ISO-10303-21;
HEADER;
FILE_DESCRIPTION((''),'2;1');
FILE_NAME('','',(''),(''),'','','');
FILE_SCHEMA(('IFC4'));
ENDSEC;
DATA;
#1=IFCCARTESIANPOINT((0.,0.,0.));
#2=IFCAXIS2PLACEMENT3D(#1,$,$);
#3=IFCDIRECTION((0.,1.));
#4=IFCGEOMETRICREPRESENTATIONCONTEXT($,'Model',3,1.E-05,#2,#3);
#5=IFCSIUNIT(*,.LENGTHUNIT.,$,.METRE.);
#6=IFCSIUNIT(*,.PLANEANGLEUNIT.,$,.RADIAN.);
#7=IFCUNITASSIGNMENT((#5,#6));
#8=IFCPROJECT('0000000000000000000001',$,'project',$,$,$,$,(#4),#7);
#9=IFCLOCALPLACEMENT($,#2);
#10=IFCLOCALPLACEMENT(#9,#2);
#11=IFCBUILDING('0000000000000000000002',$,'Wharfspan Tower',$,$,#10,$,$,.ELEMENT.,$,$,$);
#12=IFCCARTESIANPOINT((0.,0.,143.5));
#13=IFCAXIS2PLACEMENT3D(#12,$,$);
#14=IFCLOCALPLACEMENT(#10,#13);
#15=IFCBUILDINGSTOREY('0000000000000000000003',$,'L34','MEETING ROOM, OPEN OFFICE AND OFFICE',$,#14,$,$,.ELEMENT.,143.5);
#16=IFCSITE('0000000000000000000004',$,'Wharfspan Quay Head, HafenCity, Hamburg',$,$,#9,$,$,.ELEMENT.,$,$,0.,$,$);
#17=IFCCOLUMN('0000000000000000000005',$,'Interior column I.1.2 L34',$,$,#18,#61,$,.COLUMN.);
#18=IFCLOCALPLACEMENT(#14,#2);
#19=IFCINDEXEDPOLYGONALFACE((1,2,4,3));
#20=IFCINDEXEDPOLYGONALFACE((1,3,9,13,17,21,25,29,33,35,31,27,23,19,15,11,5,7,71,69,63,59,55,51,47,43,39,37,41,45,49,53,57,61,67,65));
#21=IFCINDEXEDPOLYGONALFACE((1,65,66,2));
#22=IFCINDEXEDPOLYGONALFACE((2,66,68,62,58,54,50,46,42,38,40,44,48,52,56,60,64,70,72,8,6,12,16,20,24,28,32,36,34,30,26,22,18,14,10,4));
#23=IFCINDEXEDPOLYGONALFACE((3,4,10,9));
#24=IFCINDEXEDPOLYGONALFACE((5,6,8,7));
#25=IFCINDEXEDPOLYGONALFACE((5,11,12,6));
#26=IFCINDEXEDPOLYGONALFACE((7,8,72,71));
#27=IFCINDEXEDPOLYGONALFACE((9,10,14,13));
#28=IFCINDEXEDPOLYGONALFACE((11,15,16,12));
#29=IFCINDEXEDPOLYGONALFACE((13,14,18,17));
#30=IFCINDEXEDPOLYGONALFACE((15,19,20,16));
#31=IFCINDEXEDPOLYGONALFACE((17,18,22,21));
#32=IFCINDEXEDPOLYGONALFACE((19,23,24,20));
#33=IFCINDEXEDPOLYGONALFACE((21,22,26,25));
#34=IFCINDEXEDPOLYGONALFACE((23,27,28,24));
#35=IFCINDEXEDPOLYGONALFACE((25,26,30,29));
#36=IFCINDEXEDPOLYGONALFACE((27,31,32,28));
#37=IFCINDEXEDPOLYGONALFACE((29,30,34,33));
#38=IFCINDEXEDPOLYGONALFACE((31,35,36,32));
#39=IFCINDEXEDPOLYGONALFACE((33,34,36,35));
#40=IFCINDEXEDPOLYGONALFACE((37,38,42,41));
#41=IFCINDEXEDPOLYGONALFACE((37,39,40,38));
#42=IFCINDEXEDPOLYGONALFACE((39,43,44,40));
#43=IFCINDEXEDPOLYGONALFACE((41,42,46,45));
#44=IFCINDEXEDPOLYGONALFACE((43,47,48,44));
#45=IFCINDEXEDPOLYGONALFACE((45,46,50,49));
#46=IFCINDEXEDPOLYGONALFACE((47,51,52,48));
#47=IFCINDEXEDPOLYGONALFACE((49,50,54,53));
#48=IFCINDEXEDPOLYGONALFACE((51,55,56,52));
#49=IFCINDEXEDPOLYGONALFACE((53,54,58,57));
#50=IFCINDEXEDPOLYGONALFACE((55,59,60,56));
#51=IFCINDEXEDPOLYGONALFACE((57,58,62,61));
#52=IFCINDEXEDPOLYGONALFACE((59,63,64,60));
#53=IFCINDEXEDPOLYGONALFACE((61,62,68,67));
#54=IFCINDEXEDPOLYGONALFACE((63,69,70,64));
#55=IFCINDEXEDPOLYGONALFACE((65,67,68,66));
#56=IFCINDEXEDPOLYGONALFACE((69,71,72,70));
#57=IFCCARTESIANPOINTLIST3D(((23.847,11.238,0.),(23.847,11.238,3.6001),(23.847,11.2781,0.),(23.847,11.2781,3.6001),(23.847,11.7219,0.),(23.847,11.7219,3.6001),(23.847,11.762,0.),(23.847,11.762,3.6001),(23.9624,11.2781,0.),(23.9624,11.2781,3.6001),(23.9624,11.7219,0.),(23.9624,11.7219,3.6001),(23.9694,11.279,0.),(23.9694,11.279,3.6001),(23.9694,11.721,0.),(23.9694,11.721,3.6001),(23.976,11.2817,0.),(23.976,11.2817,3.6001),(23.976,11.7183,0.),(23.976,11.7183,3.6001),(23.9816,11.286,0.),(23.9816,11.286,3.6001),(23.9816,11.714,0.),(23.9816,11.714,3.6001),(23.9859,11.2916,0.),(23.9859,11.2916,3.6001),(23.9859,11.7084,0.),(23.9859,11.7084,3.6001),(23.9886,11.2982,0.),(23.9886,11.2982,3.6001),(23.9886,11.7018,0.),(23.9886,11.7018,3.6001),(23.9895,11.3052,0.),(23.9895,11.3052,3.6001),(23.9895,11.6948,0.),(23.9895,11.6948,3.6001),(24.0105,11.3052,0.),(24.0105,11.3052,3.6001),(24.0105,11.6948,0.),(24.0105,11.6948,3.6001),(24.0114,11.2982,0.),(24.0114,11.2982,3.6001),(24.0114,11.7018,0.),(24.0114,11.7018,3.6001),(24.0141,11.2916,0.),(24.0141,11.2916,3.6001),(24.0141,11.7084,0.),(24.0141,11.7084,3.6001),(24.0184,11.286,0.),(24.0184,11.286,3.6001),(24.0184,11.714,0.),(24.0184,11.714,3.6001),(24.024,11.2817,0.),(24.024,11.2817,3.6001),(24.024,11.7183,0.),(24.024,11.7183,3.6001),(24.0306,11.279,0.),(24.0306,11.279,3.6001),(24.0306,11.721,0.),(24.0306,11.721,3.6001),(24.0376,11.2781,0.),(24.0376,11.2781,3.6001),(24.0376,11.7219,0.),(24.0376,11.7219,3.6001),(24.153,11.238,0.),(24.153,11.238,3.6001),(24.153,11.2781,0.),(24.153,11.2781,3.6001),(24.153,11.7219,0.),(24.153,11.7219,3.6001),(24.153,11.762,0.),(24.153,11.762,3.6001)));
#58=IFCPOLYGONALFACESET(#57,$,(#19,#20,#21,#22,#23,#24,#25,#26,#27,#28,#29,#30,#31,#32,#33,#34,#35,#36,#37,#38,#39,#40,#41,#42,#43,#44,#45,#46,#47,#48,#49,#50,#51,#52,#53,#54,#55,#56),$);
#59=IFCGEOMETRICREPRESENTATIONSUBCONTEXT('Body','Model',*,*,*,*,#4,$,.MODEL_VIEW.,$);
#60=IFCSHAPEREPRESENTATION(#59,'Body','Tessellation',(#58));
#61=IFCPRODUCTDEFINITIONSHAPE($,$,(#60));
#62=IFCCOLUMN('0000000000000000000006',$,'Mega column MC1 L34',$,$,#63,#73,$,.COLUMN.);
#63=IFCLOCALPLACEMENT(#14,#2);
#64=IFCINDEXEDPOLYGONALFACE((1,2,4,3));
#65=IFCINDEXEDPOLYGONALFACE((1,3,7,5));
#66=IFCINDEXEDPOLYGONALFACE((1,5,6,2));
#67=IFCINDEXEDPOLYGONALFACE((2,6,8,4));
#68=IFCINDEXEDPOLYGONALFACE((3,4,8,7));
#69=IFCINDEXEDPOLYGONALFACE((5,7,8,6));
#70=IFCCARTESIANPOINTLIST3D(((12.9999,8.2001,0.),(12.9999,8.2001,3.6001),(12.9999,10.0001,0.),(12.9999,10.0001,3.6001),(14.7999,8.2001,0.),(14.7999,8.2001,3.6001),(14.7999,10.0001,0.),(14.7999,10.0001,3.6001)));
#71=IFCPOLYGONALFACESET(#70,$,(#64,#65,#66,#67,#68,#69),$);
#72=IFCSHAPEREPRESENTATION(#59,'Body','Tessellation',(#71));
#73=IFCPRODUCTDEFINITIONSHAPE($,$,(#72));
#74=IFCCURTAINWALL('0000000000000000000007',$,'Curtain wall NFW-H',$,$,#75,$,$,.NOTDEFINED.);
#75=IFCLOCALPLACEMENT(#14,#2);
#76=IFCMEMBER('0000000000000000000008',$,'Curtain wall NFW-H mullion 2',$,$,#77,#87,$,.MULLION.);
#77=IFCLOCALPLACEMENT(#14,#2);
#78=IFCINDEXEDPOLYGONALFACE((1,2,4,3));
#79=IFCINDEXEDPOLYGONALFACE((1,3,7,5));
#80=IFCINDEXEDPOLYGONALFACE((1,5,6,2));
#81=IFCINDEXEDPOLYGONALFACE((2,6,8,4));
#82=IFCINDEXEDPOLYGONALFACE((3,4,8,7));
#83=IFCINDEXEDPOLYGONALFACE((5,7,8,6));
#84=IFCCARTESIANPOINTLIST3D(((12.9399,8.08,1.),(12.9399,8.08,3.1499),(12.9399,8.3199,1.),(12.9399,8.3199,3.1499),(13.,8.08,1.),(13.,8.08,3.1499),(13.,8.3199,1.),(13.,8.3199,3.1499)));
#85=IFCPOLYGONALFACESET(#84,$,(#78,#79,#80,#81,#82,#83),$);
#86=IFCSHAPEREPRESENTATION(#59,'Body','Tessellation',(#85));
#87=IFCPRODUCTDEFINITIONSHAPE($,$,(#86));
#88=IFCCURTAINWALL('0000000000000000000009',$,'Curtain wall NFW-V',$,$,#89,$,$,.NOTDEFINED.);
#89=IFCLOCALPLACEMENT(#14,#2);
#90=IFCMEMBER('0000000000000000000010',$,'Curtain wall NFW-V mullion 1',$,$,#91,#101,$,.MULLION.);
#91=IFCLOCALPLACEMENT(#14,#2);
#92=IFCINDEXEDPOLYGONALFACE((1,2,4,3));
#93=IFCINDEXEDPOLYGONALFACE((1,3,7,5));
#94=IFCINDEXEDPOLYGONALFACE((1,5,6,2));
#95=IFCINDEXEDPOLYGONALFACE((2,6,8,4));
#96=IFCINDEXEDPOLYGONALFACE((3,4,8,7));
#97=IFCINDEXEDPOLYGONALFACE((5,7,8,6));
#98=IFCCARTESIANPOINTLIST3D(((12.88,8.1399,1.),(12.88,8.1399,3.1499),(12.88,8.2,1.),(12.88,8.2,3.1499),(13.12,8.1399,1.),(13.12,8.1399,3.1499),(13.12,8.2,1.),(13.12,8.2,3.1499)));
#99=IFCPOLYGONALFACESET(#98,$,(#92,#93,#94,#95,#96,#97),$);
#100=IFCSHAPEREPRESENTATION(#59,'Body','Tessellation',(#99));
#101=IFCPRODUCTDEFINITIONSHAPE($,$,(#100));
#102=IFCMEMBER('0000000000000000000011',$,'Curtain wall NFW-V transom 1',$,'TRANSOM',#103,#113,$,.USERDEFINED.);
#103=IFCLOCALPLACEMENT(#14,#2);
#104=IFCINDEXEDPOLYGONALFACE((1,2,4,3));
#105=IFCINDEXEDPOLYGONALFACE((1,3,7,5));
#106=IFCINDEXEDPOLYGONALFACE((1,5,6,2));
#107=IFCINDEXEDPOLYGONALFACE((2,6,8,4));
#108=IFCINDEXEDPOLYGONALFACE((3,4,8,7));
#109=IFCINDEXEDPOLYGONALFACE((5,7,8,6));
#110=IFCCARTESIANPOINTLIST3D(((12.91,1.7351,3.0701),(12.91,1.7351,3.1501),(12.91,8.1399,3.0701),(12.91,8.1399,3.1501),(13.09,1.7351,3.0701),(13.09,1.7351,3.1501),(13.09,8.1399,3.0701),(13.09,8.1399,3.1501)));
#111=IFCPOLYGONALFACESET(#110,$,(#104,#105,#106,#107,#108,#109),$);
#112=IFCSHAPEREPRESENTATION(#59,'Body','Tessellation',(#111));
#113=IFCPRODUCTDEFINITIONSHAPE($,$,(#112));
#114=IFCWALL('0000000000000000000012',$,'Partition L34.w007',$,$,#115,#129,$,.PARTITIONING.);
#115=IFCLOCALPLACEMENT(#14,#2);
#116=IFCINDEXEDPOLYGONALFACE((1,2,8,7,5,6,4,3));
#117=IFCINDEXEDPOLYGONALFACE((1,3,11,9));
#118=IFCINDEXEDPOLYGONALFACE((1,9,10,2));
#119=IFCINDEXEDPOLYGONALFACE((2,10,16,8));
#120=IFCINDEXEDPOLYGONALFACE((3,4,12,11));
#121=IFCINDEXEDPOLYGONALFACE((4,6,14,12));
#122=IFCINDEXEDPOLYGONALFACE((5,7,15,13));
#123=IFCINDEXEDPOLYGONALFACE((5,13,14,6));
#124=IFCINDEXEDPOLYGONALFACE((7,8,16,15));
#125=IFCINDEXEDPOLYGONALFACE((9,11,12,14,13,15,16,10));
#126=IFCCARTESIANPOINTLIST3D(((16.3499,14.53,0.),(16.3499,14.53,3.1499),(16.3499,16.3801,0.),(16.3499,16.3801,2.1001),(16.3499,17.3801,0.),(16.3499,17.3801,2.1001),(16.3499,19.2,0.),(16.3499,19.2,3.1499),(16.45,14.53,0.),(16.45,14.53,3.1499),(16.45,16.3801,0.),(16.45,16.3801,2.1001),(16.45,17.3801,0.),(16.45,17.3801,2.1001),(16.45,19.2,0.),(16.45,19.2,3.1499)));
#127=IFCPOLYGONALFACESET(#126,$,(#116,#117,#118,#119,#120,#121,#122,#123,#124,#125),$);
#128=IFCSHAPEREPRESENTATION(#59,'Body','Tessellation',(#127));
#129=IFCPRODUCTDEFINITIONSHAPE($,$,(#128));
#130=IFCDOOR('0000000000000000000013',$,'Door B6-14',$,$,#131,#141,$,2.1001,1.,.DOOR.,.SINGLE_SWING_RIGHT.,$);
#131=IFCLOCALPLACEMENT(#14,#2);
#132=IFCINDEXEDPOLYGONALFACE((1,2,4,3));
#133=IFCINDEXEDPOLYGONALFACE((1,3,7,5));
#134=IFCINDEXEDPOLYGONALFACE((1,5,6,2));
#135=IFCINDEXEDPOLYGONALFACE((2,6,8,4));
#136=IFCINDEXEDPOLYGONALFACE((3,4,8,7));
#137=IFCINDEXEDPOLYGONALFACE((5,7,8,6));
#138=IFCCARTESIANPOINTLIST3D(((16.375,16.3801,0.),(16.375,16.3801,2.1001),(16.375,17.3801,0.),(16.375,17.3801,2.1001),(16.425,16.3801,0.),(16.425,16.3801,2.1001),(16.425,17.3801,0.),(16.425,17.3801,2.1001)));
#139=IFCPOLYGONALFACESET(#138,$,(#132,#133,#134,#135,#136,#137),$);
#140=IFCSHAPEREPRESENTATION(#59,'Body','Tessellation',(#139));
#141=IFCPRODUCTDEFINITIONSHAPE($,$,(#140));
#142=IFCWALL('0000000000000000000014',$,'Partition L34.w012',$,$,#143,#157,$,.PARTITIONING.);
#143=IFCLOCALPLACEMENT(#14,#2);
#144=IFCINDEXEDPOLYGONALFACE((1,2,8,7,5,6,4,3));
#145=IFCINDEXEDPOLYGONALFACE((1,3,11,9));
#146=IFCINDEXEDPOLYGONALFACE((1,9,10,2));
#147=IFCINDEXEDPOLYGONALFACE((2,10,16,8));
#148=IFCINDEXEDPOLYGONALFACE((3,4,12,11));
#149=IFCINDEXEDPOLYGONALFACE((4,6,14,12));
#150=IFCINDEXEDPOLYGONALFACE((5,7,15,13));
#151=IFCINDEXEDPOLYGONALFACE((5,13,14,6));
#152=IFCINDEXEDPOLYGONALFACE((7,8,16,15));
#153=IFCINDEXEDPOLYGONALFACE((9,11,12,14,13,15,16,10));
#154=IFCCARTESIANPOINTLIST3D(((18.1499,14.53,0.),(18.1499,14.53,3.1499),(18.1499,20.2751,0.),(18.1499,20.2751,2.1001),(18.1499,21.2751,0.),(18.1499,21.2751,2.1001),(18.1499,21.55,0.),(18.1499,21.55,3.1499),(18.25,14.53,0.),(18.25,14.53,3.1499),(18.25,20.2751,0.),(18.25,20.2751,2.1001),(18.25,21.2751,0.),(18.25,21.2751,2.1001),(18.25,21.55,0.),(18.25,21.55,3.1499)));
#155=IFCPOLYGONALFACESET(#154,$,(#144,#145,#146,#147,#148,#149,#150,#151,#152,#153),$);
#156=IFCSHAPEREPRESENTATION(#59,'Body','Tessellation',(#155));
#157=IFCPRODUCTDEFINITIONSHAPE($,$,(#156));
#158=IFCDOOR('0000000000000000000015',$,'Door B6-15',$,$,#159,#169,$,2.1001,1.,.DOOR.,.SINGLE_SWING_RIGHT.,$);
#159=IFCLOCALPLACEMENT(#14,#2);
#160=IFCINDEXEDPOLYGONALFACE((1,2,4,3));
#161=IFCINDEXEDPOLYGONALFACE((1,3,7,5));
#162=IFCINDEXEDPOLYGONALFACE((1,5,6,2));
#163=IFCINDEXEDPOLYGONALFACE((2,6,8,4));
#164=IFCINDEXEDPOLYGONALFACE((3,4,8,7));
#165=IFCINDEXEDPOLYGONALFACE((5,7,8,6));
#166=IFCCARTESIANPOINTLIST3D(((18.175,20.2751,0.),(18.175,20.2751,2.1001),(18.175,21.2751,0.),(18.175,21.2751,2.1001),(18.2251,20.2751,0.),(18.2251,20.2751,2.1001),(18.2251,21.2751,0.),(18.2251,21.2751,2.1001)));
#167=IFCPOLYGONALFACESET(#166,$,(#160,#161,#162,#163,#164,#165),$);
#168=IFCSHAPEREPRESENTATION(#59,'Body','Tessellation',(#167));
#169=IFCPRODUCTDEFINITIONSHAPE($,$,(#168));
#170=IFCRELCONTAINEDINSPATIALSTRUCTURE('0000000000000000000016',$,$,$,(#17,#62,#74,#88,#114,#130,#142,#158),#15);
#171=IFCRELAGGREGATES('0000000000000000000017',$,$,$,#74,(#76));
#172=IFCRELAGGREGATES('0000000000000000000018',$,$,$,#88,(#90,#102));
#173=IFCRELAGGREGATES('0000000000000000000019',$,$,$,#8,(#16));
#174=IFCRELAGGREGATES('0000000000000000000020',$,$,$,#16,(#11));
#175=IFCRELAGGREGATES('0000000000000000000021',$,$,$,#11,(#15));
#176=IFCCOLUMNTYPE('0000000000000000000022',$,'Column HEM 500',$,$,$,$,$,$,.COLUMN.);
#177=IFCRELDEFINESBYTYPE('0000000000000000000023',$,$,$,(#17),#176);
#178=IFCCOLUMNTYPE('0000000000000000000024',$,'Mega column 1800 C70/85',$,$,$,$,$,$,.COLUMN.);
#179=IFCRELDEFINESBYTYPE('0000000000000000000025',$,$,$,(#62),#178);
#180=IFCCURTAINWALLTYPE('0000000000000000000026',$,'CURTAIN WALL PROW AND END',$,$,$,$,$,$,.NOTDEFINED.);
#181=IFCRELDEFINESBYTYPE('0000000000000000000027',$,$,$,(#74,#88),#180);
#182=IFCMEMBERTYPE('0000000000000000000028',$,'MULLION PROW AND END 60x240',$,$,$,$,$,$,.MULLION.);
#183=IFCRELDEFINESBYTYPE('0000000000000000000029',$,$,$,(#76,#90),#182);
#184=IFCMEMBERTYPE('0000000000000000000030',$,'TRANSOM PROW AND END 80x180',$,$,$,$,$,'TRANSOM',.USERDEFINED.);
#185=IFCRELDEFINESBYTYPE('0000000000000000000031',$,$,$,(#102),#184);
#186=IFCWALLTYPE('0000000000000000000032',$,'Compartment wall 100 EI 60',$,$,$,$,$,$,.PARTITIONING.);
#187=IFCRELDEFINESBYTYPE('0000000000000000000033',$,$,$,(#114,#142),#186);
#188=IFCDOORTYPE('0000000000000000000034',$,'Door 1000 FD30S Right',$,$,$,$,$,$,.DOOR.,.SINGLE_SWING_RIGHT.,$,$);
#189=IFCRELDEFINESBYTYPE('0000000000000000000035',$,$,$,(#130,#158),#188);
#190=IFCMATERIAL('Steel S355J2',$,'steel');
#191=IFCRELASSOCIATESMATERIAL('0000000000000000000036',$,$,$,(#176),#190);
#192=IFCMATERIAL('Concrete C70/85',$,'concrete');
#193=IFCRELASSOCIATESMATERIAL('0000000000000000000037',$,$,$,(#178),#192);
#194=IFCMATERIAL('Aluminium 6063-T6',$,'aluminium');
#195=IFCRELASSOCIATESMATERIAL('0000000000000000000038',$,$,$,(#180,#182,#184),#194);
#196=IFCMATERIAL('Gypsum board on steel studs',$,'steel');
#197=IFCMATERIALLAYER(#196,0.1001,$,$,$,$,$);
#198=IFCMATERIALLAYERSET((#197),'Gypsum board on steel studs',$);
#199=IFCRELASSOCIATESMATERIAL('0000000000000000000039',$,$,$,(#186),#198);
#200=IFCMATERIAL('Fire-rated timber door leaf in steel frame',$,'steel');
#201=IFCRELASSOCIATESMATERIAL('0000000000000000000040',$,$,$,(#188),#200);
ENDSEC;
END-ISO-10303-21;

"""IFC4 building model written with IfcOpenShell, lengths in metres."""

from ifc_helpers import new_model, si_unit, direction, frame, frame_2d, origin, origin_2d, place, context, subcontext, project, spatial, rectangle, i_section, extrude, material, layer, layer_set, material_profile, profile_set, type_object, element, fill, aggregate, save


model = new_model("IFC4")

# Units and contexts
model_context = context("Model", 3, precision=1e-05, world=origin(), true_north=direction((0.0, 1.0)))
body_context = subcontext(model_context, "Body", "Model", "MODEL_VIEW")
ifc_project = project(units=[si_unit("LENGTHUNIT", "METRE"), si_unit("PLANEANGLEUNIT", "RADIAN")], contexts=[model_context])

# Site, building, storey
site_placement = place(None, origin())
site = spatial("IfcSite", under=ifc_project, at=site_placement, Name="Wharfspan Quay Head, HafenCity, Hamburg", CompositionType="ELEMENT", RefElevation=0.0)
building_placement = place(site_placement, origin())
building = spatial("IfcBuilding", under=site, at=building_placement, Name="Wharfspan Tower", CompositionType="ELEMENT")
storey_placement = place(building_placement, frame((0.0, 0.0, 143.5)))
storey = spatial("IfcBuildingStorey", under=building, at=storey_placement, Name="L34", Description="MEETING ROOM, OPEN OFFICE AND OFFICE", CompositionType="ELEMENT", Elevation=143.5)

# Columns
ifc_material_1 = material(Name="Steel S355J2", Category="steel")
ifc_material_profile_1 = material_profile(ifc_material_1, i_section(OverallWidth=0.3059, OverallDepth=0.5239, WebThickness=0.021, FlangeThickness=0.04, FilletRadius=0.0271, at=origin_2d()))
ifc_profile_set_1 = profile_set([ifc_material_profile_1], Name="Steel S355J2")
column_type_1 = type_object("IfcColumnType", Name="Column HEM 500", PredefinedType="COLUMN", material=ifc_profile_set_1)
column_1_placement = place(storey_placement, frame((24.0, 11.5, 0.0), z_axis=(0.0, 0.0, 1.0), x_axis=(1.0, 0.0, 0.0)))
element("IfcColumn", 1, at=column_1_placement, inside=storey, type_object=column_type_1, Name="Interior column I.1.2 L34", PredefinedType="COLUMN", context=body_context, shape_type="SweptSolid", body=[
    extrude(i_section(OverallWidth=0.3059, OverallDepth=0.5239, WebThickness=0.021, FlangeThickness=0.04, FilletRadius=0.0271, at=origin_2d()), origin(), (0.0, 0.0, 1.0), 3.6001),
])
ifc_material_2 = material(Name="Concrete C70/85", Category="concrete")
ifc_material_profile_2 = material_profile(ifc_material_2, rectangle(XDim=1.8, YDim=1.8, at=origin_2d()))
ifc_profile_set_2 = profile_set([ifc_material_profile_2], Name="Concrete C70/85")
column_type_2 = type_object("IfcColumnType", Name="Mega column 1800 C70/85", PredefinedType="COLUMN", material=ifc_profile_set_2)
column_2_placement = place(storey_placement, frame((13.8999, 9.1001, 0.0), z_axis=(0.0, 0.0, 1.0), x_axis=(1.0, 0.0, 0.0)))
element("IfcColumn", 2, at=column_2_placement, inside=storey, type_object=column_type_2, Name="Mega column MC1 L34", PredefinedType="COLUMN", context=body_context, shape_type="SweptSolid", body=[
    extrude(rectangle(XDim=1.8, YDim=1.8, at=origin_2d()), origin(), (0.0, 0.0, 1.0), 3.6001),
])

# Curtain wall, member
ifc_material_3 = material(Name="Aluminium 6063-T6", Category="aluminium")
curtain_wall_type = type_object("IfcCurtainWallType", Name="CURTAIN WALL PROW AND END", PredefinedType="NOTDEFINED", material=ifc_material_3)
curtain_wall_1_placement = place(storey_placement, origin())
curtain_wall_1 = element("IfcCurtainWall", 3, at=curtain_wall_1_placement, inside=storey, type_object=curtain_wall_type, Name="Curtain wall NFW-H", PredefinedType="NOTDEFINED")
ifc_material_profile_3 = material_profile(ifc_material_3, rectangle(XDim=0.24, YDim=0.0601, at=origin_2d()))
ifc_profile_set_3 = profile_set([ifc_material_profile_3], Name="Aluminium 6063-T6")
member_type_1 = type_object("IfcMemberType", Name="MULLION PROW AND END 60x240", PredefinedType="MULLION", material=ifc_profile_set_3)
member_1_placement = place(storey_placement, frame((12.97, 8.2, 1.0), z_axis=(0.0, 0.0, 1.0), x_axis=(0.0, 1.0, 0.0)))
member_1 = element("IfcMember", 4, at=member_1_placement, type_object=member_type_1, Name="Curtain wall NFW-H mullion 2", PredefinedType="MULLION", context=body_context, shape_type="SweptSolid", body=[
    extrude(rectangle(XDim=0.24, YDim=0.0601, at=origin_2d()), origin(), (0.0, 0.0, 1.0), 2.1499),
])
aggregate(curtain_wall_1, [member_1])

# Curtain wall, members
curtain_wall_2_placement = place(storey_placement, origin())
curtain_wall_2 = element("IfcCurtainWall", 5, at=curtain_wall_2_placement, inside=storey, type_object=curtain_wall_type, Name="Curtain wall NFW-V", PredefinedType="NOTDEFINED")
member_2_placement = place(storey_placement, frame((13.0, 8.1699, 1.0), z_axis=(0.0, 0.0, 1.0), x_axis=(1.0, 0.0, 0.0)))
member_2 = element("IfcMember", 6, at=member_2_placement, type_object=member_type_1, Name="Curtain wall NFW-V mullion 1", PredefinedType="MULLION", context=body_context, shape_type="SweptSolid", body=[
    extrude(rectangle(XDim=0.24, YDim=0.0601, at=origin_2d()), origin(), (0.0, 0.0, 1.0), 2.1499),
])
ifc_material_profile_4 = material_profile(ifc_material_3, rectangle(XDim=0.1799, YDim=0.0801, at=origin_2d()))
ifc_profile_set_4 = profile_set([ifc_material_profile_4], Name="Aluminium 6063-T6")
member_type_2 = type_object("IfcMemberType", Name="TRANSOM PROW AND END 80x180", ElementType="TRANSOM", PredefinedType="USERDEFINED", material=ifc_profile_set_4)
member_3_placement = place(storey_placement, frame((13.0, 8.1399, 3.1101), z_axis=(0.0, -1.0, 0.0), x_axis=(1.0, 0.0, 0.0)))
member_3 = element("IfcMember", 7, at=member_3_placement, type_object=member_type_2, Name="Curtain wall NFW-V transom 1", ObjectType="TRANSOM", PredefinedType="USERDEFINED", context=body_context, shape_type="SweptSolid", body=[
    extrude(rectangle(XDim=0.1799, YDim=0.0801, at=origin_2d()), origin(), (0.0, 0.0, 1.0), 6.4048),
])
aggregate(curtain_wall_2, [member_2, member_3])

# Walls, openings, doors
ifc_material_4 = material(Name="Gypsum board on steel studs", Category="steel")
ifc_layer_1 = layer(ifc_material_4, 0.1001)
ifc_layer_set_1 = layer_set([ifc_layer_1], Name="Gypsum board on steel studs")
wall_type_1 = type_object("IfcWallType", Name="Compartment wall 100 EI 60", PredefinedType="PARTITIONING", material=ifc_layer_set_1)
wall_1_placement = place(storey_placement, frame((16.3999, 14.53, 0.0), z_axis=(0.0, 0.0, 1.0), x_axis=(0.0, 1.0, 0.0)))
wall_1 = element("IfcWall", 8, at=wall_1_placement, inside=storey, type_object=wall_type_1, Name="Partition L34.w007", PredefinedType="PARTITIONING", context=body_context, shape_type="SweptSolid", body=[
    extrude(rectangle(XDim=4.6699, YDim=0.1001, at=frame_2d((2.335, 0.0))), origin(), (0.0, 0.0, 1.0), 3.1499),
])
opening_1_placement = place(wall_1_placement, frame((1.8501, 0.0, 0.0)))
opening_1 = element("IfcOpeningElement", 9, at=opening_1_placement, cuts=wall_1, PredefinedType="OPENING", context=body_context, shape_type="SweptSolid", body=[
    extrude(rectangle(XDim=1.0, YDim=2.1001, at=frame_2d((0.5, 1.05))), frame((0.0, 0.0601, 0.0), z_axis=(0.0, -1.0, 0.0), x_axis=(1.0, 0.0, 0.0)), (0.0, 0.0, 1.0), 0.1201),
])
ifc_material_5 = material(Name="Fire-rated timber door leaf in steel frame", Category="steel")
door_type_1 = type_object("IfcDoorType", Name="Door 1000 FD30S Right", OperationType="SINGLE_SWING_RIGHT", PredefinedType="DOOR", material=ifc_material_5)
door_1_placement = place(opening_1_placement, origin())
door_1 = element("IfcDoor", 10, at=door_1_placement, inside=storey, type_object=door_type_1, Name="Door B6-14", OperationType="SINGLE_SWING_RIGHT", OverallHeight=2.1001, OverallWidth=1.0, PredefinedType="DOOR", context=body_context, shape_type="SweptSolid", body=[
    extrude(rectangle(XDim=1.0, YDim=2.1001, at=frame_2d((0.5, 1.05))), frame((0.0, 0.0249, 0.0), z_axis=(0.0, -1.0, 0.0), x_axis=(1.0, 0.0, 0.0)), (0.0, 0.0, 1.0), 0.05),
])
fill(opening_1, door_1)
wall_2_placement = place(storey_placement, frame((18.2, 14.53, 0.0), z_axis=(0.0, 0.0, 1.0), x_axis=(0.0, 1.0, 0.0)))
wall_2 = element("IfcWall", 11, at=wall_2_placement, inside=storey, type_object=wall_type_1, Name="Partition L34.w012", PredefinedType="PARTITIONING", context=body_context, shape_type="SweptSolid", body=[
    extrude(rectangle(XDim=7.02, YDim=0.1001, at=frame_2d((3.51, 0.0))), origin(), (0.0, 0.0, 1.0), 3.1499),
])
opening_2_placement = place(wall_2_placement, frame((5.7451, 0.0, 0.0)))
opening_2 = element("IfcOpeningElement", 12, at=opening_2_placement, cuts=wall_2, PredefinedType="OPENING", context=body_context, shape_type="SweptSolid", body=[
    extrude(rectangle(XDim=1.0, YDim=2.1001, at=frame_2d((0.5, 1.05))), frame((0.0, 0.0601, 0.0), z_axis=(0.0, -1.0, 0.0), x_axis=(1.0, 0.0, 0.0)), (0.0, 0.0, 1.0), 0.1201),
])
door_2_placement = place(opening_2_placement, origin())
door_2 = element("IfcDoor", 13, at=door_2_placement, inside=storey, type_object=door_type_1, Name="Door B6-15", OperationType="SINGLE_SWING_RIGHT", OverallHeight=2.1001, OverallWidth=1.0, PredefinedType="DOOR", context=body_context, shape_type="SweptSolid", body=[
    extrude(rectangle(XDim=1.0, YDim=2.1001, at=frame_2d((0.5, 1.05))), frame((0.0, 0.0249, 0.0), z_axis=(0.0, -1.0, 0.0), x_axis=(1.0, 0.0, 0.0)), (0.0, 0.0, 1.0), 0.05),
])
fill(opening_2, door_2)

save(model, "model.ifc")
